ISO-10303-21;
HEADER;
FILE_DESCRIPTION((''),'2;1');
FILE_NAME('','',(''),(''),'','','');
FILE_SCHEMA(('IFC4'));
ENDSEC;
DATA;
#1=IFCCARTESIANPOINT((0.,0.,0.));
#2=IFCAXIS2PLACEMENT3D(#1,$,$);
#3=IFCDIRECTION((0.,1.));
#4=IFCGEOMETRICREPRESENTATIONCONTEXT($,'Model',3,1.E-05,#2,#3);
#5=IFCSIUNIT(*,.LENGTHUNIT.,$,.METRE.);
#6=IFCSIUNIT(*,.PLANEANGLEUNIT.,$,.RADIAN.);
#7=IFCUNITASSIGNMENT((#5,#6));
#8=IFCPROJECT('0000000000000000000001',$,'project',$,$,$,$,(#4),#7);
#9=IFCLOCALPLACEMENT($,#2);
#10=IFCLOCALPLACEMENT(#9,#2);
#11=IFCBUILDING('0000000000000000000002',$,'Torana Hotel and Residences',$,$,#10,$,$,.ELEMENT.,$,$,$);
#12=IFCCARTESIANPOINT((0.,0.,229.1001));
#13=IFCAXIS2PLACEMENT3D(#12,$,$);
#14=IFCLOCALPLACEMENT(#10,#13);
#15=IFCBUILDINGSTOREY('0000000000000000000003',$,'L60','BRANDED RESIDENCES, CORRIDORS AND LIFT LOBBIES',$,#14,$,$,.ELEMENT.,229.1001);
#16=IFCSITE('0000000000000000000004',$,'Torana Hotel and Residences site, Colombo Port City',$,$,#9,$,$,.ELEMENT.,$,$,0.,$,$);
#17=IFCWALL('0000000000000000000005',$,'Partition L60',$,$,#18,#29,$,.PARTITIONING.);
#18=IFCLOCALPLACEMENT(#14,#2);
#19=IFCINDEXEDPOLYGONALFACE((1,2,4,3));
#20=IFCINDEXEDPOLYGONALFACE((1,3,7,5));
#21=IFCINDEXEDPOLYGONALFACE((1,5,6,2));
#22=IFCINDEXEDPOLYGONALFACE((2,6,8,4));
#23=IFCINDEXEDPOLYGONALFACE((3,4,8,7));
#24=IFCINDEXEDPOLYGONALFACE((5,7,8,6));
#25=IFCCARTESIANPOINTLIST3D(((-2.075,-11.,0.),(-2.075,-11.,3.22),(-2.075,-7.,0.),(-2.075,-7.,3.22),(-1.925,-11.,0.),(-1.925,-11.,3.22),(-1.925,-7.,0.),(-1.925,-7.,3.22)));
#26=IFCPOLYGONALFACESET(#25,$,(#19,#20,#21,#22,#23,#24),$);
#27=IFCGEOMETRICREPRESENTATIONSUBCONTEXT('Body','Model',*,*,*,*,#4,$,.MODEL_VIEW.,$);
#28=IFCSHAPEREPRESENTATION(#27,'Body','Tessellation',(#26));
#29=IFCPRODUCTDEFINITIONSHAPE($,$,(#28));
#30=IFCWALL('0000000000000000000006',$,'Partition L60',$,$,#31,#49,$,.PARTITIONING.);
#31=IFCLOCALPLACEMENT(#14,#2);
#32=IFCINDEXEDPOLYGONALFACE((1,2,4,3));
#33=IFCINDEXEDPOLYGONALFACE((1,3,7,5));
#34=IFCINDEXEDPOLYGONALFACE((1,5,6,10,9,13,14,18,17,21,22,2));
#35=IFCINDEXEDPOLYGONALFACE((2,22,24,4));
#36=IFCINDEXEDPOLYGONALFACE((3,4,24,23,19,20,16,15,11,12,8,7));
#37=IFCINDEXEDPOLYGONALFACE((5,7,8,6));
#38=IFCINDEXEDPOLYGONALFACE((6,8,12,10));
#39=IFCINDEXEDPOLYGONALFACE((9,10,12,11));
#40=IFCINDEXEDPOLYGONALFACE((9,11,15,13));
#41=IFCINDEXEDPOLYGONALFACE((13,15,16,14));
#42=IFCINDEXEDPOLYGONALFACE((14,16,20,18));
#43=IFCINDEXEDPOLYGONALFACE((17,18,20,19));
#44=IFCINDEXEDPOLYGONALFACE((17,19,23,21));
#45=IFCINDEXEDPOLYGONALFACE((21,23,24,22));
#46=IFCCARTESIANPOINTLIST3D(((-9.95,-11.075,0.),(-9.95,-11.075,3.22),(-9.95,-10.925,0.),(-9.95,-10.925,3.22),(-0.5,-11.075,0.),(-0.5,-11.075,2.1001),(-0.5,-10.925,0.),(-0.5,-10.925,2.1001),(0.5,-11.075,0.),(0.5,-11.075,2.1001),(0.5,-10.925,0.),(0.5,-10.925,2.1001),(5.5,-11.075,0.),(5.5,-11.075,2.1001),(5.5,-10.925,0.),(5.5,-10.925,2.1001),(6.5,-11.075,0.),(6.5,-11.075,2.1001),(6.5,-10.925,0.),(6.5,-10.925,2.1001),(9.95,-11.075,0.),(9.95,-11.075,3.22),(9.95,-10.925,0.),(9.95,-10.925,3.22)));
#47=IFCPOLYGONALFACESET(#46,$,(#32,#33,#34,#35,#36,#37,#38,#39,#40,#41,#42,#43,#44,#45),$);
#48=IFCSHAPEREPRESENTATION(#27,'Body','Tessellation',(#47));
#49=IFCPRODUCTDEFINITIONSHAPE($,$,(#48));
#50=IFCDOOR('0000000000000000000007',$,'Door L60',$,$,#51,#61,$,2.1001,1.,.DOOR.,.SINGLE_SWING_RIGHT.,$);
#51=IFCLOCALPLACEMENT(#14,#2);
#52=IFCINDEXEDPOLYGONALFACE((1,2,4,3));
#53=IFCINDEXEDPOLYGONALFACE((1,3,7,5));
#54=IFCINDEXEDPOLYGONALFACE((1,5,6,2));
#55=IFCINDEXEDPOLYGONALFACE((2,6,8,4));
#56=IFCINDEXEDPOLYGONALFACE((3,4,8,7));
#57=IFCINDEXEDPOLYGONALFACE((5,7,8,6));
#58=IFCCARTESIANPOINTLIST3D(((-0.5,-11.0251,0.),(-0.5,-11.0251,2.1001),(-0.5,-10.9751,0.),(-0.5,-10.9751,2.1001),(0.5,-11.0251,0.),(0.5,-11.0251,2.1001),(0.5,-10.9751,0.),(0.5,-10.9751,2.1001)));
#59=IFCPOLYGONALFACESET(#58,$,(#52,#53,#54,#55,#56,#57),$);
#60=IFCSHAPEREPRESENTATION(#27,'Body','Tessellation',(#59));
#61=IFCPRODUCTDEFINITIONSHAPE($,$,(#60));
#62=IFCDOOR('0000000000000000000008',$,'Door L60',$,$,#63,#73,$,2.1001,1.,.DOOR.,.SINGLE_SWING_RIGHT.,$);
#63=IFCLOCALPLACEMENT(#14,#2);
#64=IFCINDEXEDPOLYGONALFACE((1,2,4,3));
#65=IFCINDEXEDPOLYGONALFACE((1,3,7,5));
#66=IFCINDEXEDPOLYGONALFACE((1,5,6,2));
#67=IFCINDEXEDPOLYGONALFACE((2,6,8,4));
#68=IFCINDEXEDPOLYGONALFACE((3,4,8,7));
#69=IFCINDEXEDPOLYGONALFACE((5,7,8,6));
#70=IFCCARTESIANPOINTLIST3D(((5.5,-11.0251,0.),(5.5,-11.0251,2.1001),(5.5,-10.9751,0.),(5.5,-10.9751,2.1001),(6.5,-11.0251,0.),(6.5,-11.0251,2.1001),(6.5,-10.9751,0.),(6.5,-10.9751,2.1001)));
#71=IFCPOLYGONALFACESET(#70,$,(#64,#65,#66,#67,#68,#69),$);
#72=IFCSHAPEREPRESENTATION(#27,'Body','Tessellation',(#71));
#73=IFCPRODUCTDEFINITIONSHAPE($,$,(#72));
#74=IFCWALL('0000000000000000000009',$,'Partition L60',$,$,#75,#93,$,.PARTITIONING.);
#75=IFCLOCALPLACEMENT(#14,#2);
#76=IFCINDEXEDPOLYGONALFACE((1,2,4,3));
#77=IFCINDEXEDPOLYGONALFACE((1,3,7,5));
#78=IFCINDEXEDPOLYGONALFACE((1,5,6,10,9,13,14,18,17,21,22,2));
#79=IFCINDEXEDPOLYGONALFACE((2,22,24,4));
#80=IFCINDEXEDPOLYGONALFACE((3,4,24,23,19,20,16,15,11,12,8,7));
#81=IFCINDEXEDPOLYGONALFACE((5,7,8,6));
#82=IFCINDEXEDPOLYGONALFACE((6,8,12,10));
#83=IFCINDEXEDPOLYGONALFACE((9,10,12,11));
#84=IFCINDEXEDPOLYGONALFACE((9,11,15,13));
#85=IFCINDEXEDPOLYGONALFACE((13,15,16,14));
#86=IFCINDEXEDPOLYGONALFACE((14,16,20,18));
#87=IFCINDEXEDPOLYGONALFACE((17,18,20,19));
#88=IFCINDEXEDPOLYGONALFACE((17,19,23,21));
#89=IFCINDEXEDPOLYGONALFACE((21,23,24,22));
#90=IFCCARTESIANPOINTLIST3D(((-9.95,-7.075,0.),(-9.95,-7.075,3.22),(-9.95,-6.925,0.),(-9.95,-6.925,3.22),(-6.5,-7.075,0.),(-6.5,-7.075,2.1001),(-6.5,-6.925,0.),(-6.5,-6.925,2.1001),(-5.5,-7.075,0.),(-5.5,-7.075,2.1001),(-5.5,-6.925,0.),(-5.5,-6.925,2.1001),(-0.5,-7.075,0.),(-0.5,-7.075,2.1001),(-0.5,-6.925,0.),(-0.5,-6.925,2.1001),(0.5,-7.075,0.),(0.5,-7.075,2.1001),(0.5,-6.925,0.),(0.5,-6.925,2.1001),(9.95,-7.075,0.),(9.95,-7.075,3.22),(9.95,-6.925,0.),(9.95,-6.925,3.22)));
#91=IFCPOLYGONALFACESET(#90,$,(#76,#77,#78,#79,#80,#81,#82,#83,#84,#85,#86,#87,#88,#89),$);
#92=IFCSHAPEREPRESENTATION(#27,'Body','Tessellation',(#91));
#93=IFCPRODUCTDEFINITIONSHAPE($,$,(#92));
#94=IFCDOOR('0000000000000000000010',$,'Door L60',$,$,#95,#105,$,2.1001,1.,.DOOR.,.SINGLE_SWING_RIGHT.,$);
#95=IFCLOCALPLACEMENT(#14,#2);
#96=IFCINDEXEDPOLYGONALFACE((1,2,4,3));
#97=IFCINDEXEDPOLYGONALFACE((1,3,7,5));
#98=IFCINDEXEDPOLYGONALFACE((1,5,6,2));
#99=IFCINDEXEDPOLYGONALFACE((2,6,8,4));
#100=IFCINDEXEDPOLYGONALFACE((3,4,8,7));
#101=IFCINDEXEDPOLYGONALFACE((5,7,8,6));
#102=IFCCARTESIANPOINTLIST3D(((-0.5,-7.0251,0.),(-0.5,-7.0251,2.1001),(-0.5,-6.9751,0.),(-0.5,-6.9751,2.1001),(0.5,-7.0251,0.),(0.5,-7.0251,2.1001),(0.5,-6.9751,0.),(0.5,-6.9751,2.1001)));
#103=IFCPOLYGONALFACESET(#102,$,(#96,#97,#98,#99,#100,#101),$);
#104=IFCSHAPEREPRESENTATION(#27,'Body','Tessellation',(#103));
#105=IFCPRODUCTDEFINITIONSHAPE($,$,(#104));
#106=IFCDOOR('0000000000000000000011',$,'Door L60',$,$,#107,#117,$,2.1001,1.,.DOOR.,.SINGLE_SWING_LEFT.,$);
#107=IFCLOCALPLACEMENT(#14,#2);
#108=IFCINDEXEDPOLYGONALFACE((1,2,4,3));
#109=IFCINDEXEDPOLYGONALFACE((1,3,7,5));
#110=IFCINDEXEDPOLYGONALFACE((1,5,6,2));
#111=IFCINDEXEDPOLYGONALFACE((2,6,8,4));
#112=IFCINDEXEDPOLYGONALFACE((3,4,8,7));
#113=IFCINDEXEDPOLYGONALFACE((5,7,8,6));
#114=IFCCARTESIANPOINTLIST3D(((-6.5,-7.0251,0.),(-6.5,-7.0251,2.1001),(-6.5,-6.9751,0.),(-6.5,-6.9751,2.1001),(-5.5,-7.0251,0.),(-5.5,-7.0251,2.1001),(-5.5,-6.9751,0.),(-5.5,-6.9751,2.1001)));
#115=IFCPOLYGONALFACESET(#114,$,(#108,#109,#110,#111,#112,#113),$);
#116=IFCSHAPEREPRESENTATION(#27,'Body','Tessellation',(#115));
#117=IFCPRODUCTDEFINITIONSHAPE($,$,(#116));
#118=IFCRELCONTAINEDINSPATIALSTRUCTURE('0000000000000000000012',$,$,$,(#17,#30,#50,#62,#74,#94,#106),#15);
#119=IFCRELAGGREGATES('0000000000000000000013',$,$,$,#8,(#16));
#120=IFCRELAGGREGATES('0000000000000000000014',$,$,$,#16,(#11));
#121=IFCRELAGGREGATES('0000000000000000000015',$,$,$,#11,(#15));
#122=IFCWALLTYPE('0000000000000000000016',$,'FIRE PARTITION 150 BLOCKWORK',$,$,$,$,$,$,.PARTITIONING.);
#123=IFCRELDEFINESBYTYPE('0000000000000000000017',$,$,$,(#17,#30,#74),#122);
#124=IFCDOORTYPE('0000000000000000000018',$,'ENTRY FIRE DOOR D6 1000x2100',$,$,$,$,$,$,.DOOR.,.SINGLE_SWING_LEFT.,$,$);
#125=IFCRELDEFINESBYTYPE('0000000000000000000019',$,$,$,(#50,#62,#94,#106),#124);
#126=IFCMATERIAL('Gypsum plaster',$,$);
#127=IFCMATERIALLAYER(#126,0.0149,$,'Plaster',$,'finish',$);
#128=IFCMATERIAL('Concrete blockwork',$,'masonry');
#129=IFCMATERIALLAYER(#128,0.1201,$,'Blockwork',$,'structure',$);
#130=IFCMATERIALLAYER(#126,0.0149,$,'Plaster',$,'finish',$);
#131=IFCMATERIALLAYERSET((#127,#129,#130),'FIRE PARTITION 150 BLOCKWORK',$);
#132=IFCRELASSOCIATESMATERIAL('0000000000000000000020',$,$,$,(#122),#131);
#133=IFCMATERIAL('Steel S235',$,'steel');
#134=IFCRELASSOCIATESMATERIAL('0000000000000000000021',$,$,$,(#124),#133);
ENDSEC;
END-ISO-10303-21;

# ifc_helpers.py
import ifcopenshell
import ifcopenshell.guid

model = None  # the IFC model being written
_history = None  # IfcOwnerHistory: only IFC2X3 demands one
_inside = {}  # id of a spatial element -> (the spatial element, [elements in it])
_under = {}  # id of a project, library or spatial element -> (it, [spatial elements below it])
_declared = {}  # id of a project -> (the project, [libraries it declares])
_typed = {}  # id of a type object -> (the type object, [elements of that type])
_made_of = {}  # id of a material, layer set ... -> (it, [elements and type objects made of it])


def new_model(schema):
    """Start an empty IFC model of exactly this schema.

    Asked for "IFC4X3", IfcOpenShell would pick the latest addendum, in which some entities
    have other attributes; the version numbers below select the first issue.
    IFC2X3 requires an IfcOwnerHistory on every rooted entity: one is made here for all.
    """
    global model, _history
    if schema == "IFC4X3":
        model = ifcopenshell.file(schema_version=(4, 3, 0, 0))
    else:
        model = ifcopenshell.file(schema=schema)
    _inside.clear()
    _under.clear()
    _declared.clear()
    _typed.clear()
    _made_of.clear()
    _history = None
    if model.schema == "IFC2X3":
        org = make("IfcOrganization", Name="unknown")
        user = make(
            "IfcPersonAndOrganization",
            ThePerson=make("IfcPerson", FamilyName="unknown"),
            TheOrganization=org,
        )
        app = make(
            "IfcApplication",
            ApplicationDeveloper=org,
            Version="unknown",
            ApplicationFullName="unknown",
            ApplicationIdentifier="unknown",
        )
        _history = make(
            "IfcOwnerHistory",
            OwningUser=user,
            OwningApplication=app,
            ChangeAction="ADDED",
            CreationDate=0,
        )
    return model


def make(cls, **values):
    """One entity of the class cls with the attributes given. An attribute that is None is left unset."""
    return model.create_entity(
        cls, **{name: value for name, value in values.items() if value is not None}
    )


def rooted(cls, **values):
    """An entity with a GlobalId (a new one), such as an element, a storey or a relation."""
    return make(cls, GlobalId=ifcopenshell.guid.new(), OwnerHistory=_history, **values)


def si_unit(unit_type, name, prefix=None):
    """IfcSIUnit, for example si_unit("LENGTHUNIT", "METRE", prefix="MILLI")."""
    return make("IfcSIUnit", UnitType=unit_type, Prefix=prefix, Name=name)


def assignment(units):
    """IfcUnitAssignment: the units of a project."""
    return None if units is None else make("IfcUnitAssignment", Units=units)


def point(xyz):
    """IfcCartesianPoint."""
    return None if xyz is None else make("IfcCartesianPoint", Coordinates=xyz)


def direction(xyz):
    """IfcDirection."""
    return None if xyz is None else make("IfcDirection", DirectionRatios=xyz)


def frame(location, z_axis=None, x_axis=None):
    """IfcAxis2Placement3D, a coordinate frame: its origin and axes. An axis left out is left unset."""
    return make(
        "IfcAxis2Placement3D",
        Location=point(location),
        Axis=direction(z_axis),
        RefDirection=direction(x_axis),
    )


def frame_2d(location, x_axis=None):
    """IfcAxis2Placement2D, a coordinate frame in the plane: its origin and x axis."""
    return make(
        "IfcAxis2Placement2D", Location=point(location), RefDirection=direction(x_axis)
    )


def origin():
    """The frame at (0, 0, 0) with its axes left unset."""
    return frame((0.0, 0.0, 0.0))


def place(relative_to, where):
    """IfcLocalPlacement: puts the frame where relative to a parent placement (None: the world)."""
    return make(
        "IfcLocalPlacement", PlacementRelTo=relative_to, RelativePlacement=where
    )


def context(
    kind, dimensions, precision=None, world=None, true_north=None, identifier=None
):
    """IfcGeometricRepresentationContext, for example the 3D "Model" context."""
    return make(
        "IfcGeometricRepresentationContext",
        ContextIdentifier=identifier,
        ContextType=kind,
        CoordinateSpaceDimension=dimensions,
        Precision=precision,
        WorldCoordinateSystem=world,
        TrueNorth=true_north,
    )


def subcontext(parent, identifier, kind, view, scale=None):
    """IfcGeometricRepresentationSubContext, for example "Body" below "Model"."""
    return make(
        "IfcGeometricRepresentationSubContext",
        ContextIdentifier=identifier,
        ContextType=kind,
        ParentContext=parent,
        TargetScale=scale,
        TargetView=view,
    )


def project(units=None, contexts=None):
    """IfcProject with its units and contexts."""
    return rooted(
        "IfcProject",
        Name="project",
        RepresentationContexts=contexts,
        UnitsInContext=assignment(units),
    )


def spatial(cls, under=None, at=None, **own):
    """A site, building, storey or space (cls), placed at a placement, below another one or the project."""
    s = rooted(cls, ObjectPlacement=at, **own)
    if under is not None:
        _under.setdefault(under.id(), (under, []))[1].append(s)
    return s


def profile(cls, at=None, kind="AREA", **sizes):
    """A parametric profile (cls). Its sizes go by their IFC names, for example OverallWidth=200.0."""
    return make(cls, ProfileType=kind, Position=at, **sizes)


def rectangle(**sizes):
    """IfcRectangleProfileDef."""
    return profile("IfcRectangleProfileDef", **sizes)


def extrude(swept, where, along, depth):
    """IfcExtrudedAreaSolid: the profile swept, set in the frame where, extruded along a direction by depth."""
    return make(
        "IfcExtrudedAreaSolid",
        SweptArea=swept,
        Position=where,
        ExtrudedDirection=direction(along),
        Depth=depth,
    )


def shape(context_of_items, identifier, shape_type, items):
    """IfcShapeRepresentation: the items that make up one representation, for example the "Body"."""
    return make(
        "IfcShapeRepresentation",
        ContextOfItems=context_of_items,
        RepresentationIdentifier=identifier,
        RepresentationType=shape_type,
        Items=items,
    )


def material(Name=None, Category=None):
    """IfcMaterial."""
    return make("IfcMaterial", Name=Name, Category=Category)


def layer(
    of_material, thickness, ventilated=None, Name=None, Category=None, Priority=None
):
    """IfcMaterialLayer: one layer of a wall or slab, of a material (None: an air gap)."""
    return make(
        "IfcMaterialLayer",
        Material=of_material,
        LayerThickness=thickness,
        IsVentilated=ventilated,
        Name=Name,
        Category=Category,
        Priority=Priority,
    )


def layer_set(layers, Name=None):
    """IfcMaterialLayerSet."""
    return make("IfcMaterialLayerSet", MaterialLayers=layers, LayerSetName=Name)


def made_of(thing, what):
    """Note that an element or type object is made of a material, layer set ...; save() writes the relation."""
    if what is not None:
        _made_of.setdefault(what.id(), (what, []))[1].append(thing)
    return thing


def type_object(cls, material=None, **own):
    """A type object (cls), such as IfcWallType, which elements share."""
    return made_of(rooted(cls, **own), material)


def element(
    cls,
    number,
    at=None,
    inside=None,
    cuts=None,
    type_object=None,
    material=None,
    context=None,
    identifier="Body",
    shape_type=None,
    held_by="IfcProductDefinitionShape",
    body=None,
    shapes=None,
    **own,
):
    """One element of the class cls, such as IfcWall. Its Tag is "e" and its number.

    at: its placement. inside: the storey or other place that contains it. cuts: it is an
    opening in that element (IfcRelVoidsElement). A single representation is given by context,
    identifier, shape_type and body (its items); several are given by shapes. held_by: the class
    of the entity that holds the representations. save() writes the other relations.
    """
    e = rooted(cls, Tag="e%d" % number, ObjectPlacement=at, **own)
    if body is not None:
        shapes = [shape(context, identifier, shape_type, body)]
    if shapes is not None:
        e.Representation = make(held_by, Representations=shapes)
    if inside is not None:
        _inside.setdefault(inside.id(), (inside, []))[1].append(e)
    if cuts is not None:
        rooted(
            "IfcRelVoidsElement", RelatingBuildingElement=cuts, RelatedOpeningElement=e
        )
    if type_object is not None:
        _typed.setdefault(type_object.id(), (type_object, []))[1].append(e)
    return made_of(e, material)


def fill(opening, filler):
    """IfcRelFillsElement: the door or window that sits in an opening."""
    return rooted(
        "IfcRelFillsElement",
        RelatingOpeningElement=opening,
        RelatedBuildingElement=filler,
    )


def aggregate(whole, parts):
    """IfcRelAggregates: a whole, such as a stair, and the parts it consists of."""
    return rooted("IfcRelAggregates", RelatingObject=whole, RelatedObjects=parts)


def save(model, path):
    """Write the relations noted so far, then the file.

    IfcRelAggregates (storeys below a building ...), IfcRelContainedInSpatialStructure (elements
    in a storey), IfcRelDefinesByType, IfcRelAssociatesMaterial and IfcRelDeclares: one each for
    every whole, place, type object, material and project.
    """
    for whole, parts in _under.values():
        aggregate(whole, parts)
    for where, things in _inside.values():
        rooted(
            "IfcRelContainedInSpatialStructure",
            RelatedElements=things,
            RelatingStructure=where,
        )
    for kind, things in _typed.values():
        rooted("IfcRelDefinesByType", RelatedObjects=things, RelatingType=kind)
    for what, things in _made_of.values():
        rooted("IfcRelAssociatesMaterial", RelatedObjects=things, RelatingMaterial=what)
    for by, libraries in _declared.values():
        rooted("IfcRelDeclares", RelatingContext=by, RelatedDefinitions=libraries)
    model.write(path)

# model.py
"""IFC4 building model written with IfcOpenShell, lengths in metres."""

from ifc_helpers import new_model, si_unit, direction, frame, frame_2d, origin, place, context, subcontext, project, spatial, rectangle, extrude, material, layer, layer_set, type_object, element, fill, save


model = new_model("IFC4")

# Units and contexts
model_context = context("Model", 3, precision=1e-05, world=origin(), true_north=direction((0.0, 1.0)))
body_context = subcontext(model_context, "Body", "Model", "MODEL_VIEW")
ifc_project = project(units=[si_unit("LENGTHUNIT", "METRE"), si_unit("PLANEANGLEUNIT", "RADIAN")], contexts=[model_context])

# Site, building, storey
site_placement = place(None, origin())
site = spatial("IfcSite", under=ifc_project, at=site_placement, Name="Torana Hotel and Residences site, Colombo Port City", CompositionType="ELEMENT", RefElevation=0.0)
building_placement = place(site_placement, origin())
building = spatial("IfcBuilding", under=site, at=building_placement, Name="Torana Hotel and Residences", CompositionType="ELEMENT")
storey_placement = place(building_placement, frame((0.0, 0.0, 229.1001)))
storey = spatial("IfcBuildingStorey", under=building, at=storey_placement, Name="L60", Description="BRANDED RESIDENCES, CORRIDORS AND LIFT LOBBIES", CompositionType="ELEMENT", Elevation=229.1001)

# Wall
ifc_material_1 = material(Name="Gypsum plaster")
ifc_layer_1 = layer(ifc_material_1, 0.0149, Name="Plaster", Category="finish")
ifc_material_2 = material(Name="Concrete blockwork", Category="masonry")
ifc_layer_2 = layer(ifc_material_2, 0.1201, Name="Blockwork", Category="structure")
ifc_layer_3 = layer(ifc_material_1, 0.0149, Name="Plaster", Category="finish")
ifc_layer_set_1 = layer_set([ifc_layer_1, ifc_layer_2, ifc_layer_3], Name="FIRE PARTITION 150 BLOCKWORK")
wall_type_1 = type_object("IfcWallType", Name="FIRE PARTITION 150 BLOCKWORK", PredefinedType="PARTITIONING", material=ifc_layer_set_1)
wall_1_placement = place(storey_placement, frame((-2.0, -11.0, 0.0), z_axis=(0.0, 0.0, 1.0), x_axis=(0.0, 1.0, 0.0)))
element("IfcWall", 1, at=wall_1_placement, inside=storey, type_object=wall_type_1, Name="Partition L60", PredefinedType="PARTITIONING", context=body_context, shape_type="SweptSolid", body=[
    extrude(rectangle(XDim=4.0, YDim=0.1499, at=frame_2d((2.0, 0.0))), origin(), (0.0, 0.0, 1.0), 3.22),
])

# Walls, openings, doors
wall_2_placement = place(storey_placement, frame((-9.95, -11.0, 0.0), z_axis=(0.0, 0.0, 1.0), x_axis=(1.0, 0.0, 0.0)))
wall_2 = element("IfcWall", 2, at=wall_2_placement, inside=storey, type_object=wall_type_1, Name="Partition L60", PredefinedType="PARTITIONING", context=body_context, shape_type="SweptSolid", body=[
    extrude(rectangle(XDim=19.8999, YDim=0.1499, at=frame_2d((9.95, 0.0))), origin(), (0.0, 0.0, 1.0), 3.22),
])
opening_1_placement = place(wall_2_placement, frame((9.45, 0.0, 0.0)))
opening_1 = element("IfcOpeningElement", 3, at=opening_1_placement, cuts=wall_2, PredefinedType="OPENING", context=body_context, shape_type="SweptSolid", body=[
    extrude(rectangle(XDim=1.0, YDim=2.1001, at=frame_2d((0.5, 1.05))), frame((0.0, 0.085, 0.0), z_axis=(0.0, -1.0, 0.0), x_axis=(1.0, 0.0, 0.0)), (0.0, 0.0, 1.0), 0.1699),
])
opening_2_placement = place(wall_2_placement, frame((15.45, 0.0, 0.0)))
opening_2 = element("IfcOpeningElement", 4, at=opening_2_placement, cuts=wall_2, PredefinedType="OPENING", context=body_context, shape_type="SweptSolid", body=[
    extrude(rectangle(XDim=1.0, YDim=2.1001, at=frame_2d((0.5, 1.05))), frame((0.0, 0.085, 0.0), z_axis=(0.0, -1.0, 0.0), x_axis=(1.0, 0.0, 0.0)), (0.0, 0.0, 1.0), 0.1699),
])
ifc_material_3 = material(Name="Steel S235", Category="steel")
door_type_1 = type_object("IfcDoorType", Name="ENTRY FIRE DOOR D6 1000x2100", OperationType="SINGLE_SWING_LEFT", PredefinedType="DOOR", material=ifc_material_3)
door_1_placement = place(opening_1_placement, origin())
door_1 = element("IfcDoor", 5, at=door_1_placement, inside=storey, type_object=door_type_1, Name="Door L60", OperationType="SINGLE_SWING_RIGHT", OverallHeight=2.1001, OverallWidth=1.0, PredefinedType="DOOR", context=body_context, shape_type="SweptSolid", body=[
    extrude(rectangle(XDim=1.0, YDim=2.1001, at=frame_2d((0.5, 1.05))), frame((0.0, 0.0249, 0.0), z_axis=(0.0, -1.0, 0.0), x_axis=(1.0, 0.0, 0.0)), (0.0, 0.0, 1.0), 0.05),
])
fill(opening_1, door_1)
door_2_placement = place(opening_2_placement, origin())
door_2 = element("IfcDoor", 6, at=door_2_placement, inside=storey, type_object=door_type_1, Name="Door L60", OperationType="SINGLE_SWING_RIGHT", OverallHeight=2.1001, OverallWidth=1.0, PredefinedType="DOOR", context=body_context, shape_type="SweptSolid", body=[
    extrude(rectangle(XDim=1.0, YDim=2.1001, at=frame_2d((0.5, 1.05))), frame((0.0, 0.0249, 0.0), z_axis=(0.0, -1.0, 0.0), x_axis=(1.0, 0.0, 0.0)), (0.0, 0.0, 1.0), 0.05),
])
fill(opening_2, door_2)
wall_3_placement = place(storey_placement, frame((-9.95, -7.0, 0.0), z_axis=(0.0, 0.0, 1.0), x_axis=(1.0, 0.0, 0.0)))
wall_3 = element("IfcWall", 7, at=wall_3_placement, inside=storey, type_object=wall_type_1, Name="Partition L60", PredefinedType="PARTITIONING", context=body_context, shape_type="SweptSolid", body=[
    extrude(rectangle(XDim=19.8999, YDim=0.1499, at=frame_2d((9.95, 0.0))), origin(), (0.0, 0.0, 1.0), 3.22),
])
opening_3_placement = place(wall_3_placement, frame((9.45, 0.0, 0.0)))
opening_3 = element("IfcOpeningElement", 8, at=opening_3_placement, cuts=wall_3, PredefinedType="OPENING", context=body_context, shape_type="SweptSolid", body=[
    extrude(rectangle(XDim=1.0, YDim=2.1001, at=frame_2d((0.5, 1.05))), frame((0.0, 0.085, 0.0), z_axis=(0.0, -1.0, 0.0), x_axis=(1.0, 0.0, 0.0)), (0.0, 0.0, 1.0), 0.1699),
])
opening_4_placement = place(wall_3_placement, frame((3.45, 0.0, 0.0)))
opening_4 = element("IfcOpeningElement", 9, at=opening_4_placement, cuts=wall_3, PredefinedType="OPENING", context=body_context, shape_type="SweptSolid", body=[
    extrude(rectangle(XDim=1.0, YDim=2.1001, at=frame_2d((0.5, 1.05))), frame((0.0, 0.085, 0.0), z_axis=(0.0, -1.0, 0.0), x_axis=(1.0, 0.0, 0.0)), (0.0, 0.0, 1.0), 0.1699),
])
door_3_placement = place(opening_3_placement, origin())
door_3 = element("IfcDoor", 10, at=door_3_placement, inside=storey, type_object=door_type_1, Name="Door L60", OperationType="SINGLE_SWING_RIGHT", OverallHeight=2.1001, OverallWidth=1.0, PredefinedType="DOOR", context=body_context, shape_type="SweptSolid", body=[
    extrude(rectangle(XDim=1.0, YDim=2.1001, at=frame_2d((0.5, 1.05))), frame((0.0, 0.0249, 0.0), z_axis=(0.0, -1.0, 0.0), x_axis=(1.0, 0.0, 0.0)), (0.0, 0.0, 1.0), 0.05),
])
fill(opening_3, door_3)
door_4_placement = place(opening_4_placement, frame((0.5, 0.0, 0.0), z_axis=(0.0, 0.0, 1.0), x_axis=(-1.0, 0.0, 0.0)))
door_4 = element("IfcDoor", 11, at=door_4_placement, inside=storey, type_object=door_type_1, Name="Door L60", OperationType="SINGLE_SWING_LEFT", OverallHeight=2.1001, OverallWidth=1.0, PredefinedType="DOOR", context=body_context, shape_type="SweptSolid", body=[
    extrude(rectangle(XDim=1.0, YDim=2.1001, at=frame_2d((0.0, 1.05))), frame((0.0, -0.0249, 0.0), z_axis=(0.0, 1.0, 0.0), x_axis=(-1.0, 0.0, 0.0)), (0.0, 0.0, 1.0), 0.05),
])
fill(opening_4, door_4)

save(model, "model.ifc")
